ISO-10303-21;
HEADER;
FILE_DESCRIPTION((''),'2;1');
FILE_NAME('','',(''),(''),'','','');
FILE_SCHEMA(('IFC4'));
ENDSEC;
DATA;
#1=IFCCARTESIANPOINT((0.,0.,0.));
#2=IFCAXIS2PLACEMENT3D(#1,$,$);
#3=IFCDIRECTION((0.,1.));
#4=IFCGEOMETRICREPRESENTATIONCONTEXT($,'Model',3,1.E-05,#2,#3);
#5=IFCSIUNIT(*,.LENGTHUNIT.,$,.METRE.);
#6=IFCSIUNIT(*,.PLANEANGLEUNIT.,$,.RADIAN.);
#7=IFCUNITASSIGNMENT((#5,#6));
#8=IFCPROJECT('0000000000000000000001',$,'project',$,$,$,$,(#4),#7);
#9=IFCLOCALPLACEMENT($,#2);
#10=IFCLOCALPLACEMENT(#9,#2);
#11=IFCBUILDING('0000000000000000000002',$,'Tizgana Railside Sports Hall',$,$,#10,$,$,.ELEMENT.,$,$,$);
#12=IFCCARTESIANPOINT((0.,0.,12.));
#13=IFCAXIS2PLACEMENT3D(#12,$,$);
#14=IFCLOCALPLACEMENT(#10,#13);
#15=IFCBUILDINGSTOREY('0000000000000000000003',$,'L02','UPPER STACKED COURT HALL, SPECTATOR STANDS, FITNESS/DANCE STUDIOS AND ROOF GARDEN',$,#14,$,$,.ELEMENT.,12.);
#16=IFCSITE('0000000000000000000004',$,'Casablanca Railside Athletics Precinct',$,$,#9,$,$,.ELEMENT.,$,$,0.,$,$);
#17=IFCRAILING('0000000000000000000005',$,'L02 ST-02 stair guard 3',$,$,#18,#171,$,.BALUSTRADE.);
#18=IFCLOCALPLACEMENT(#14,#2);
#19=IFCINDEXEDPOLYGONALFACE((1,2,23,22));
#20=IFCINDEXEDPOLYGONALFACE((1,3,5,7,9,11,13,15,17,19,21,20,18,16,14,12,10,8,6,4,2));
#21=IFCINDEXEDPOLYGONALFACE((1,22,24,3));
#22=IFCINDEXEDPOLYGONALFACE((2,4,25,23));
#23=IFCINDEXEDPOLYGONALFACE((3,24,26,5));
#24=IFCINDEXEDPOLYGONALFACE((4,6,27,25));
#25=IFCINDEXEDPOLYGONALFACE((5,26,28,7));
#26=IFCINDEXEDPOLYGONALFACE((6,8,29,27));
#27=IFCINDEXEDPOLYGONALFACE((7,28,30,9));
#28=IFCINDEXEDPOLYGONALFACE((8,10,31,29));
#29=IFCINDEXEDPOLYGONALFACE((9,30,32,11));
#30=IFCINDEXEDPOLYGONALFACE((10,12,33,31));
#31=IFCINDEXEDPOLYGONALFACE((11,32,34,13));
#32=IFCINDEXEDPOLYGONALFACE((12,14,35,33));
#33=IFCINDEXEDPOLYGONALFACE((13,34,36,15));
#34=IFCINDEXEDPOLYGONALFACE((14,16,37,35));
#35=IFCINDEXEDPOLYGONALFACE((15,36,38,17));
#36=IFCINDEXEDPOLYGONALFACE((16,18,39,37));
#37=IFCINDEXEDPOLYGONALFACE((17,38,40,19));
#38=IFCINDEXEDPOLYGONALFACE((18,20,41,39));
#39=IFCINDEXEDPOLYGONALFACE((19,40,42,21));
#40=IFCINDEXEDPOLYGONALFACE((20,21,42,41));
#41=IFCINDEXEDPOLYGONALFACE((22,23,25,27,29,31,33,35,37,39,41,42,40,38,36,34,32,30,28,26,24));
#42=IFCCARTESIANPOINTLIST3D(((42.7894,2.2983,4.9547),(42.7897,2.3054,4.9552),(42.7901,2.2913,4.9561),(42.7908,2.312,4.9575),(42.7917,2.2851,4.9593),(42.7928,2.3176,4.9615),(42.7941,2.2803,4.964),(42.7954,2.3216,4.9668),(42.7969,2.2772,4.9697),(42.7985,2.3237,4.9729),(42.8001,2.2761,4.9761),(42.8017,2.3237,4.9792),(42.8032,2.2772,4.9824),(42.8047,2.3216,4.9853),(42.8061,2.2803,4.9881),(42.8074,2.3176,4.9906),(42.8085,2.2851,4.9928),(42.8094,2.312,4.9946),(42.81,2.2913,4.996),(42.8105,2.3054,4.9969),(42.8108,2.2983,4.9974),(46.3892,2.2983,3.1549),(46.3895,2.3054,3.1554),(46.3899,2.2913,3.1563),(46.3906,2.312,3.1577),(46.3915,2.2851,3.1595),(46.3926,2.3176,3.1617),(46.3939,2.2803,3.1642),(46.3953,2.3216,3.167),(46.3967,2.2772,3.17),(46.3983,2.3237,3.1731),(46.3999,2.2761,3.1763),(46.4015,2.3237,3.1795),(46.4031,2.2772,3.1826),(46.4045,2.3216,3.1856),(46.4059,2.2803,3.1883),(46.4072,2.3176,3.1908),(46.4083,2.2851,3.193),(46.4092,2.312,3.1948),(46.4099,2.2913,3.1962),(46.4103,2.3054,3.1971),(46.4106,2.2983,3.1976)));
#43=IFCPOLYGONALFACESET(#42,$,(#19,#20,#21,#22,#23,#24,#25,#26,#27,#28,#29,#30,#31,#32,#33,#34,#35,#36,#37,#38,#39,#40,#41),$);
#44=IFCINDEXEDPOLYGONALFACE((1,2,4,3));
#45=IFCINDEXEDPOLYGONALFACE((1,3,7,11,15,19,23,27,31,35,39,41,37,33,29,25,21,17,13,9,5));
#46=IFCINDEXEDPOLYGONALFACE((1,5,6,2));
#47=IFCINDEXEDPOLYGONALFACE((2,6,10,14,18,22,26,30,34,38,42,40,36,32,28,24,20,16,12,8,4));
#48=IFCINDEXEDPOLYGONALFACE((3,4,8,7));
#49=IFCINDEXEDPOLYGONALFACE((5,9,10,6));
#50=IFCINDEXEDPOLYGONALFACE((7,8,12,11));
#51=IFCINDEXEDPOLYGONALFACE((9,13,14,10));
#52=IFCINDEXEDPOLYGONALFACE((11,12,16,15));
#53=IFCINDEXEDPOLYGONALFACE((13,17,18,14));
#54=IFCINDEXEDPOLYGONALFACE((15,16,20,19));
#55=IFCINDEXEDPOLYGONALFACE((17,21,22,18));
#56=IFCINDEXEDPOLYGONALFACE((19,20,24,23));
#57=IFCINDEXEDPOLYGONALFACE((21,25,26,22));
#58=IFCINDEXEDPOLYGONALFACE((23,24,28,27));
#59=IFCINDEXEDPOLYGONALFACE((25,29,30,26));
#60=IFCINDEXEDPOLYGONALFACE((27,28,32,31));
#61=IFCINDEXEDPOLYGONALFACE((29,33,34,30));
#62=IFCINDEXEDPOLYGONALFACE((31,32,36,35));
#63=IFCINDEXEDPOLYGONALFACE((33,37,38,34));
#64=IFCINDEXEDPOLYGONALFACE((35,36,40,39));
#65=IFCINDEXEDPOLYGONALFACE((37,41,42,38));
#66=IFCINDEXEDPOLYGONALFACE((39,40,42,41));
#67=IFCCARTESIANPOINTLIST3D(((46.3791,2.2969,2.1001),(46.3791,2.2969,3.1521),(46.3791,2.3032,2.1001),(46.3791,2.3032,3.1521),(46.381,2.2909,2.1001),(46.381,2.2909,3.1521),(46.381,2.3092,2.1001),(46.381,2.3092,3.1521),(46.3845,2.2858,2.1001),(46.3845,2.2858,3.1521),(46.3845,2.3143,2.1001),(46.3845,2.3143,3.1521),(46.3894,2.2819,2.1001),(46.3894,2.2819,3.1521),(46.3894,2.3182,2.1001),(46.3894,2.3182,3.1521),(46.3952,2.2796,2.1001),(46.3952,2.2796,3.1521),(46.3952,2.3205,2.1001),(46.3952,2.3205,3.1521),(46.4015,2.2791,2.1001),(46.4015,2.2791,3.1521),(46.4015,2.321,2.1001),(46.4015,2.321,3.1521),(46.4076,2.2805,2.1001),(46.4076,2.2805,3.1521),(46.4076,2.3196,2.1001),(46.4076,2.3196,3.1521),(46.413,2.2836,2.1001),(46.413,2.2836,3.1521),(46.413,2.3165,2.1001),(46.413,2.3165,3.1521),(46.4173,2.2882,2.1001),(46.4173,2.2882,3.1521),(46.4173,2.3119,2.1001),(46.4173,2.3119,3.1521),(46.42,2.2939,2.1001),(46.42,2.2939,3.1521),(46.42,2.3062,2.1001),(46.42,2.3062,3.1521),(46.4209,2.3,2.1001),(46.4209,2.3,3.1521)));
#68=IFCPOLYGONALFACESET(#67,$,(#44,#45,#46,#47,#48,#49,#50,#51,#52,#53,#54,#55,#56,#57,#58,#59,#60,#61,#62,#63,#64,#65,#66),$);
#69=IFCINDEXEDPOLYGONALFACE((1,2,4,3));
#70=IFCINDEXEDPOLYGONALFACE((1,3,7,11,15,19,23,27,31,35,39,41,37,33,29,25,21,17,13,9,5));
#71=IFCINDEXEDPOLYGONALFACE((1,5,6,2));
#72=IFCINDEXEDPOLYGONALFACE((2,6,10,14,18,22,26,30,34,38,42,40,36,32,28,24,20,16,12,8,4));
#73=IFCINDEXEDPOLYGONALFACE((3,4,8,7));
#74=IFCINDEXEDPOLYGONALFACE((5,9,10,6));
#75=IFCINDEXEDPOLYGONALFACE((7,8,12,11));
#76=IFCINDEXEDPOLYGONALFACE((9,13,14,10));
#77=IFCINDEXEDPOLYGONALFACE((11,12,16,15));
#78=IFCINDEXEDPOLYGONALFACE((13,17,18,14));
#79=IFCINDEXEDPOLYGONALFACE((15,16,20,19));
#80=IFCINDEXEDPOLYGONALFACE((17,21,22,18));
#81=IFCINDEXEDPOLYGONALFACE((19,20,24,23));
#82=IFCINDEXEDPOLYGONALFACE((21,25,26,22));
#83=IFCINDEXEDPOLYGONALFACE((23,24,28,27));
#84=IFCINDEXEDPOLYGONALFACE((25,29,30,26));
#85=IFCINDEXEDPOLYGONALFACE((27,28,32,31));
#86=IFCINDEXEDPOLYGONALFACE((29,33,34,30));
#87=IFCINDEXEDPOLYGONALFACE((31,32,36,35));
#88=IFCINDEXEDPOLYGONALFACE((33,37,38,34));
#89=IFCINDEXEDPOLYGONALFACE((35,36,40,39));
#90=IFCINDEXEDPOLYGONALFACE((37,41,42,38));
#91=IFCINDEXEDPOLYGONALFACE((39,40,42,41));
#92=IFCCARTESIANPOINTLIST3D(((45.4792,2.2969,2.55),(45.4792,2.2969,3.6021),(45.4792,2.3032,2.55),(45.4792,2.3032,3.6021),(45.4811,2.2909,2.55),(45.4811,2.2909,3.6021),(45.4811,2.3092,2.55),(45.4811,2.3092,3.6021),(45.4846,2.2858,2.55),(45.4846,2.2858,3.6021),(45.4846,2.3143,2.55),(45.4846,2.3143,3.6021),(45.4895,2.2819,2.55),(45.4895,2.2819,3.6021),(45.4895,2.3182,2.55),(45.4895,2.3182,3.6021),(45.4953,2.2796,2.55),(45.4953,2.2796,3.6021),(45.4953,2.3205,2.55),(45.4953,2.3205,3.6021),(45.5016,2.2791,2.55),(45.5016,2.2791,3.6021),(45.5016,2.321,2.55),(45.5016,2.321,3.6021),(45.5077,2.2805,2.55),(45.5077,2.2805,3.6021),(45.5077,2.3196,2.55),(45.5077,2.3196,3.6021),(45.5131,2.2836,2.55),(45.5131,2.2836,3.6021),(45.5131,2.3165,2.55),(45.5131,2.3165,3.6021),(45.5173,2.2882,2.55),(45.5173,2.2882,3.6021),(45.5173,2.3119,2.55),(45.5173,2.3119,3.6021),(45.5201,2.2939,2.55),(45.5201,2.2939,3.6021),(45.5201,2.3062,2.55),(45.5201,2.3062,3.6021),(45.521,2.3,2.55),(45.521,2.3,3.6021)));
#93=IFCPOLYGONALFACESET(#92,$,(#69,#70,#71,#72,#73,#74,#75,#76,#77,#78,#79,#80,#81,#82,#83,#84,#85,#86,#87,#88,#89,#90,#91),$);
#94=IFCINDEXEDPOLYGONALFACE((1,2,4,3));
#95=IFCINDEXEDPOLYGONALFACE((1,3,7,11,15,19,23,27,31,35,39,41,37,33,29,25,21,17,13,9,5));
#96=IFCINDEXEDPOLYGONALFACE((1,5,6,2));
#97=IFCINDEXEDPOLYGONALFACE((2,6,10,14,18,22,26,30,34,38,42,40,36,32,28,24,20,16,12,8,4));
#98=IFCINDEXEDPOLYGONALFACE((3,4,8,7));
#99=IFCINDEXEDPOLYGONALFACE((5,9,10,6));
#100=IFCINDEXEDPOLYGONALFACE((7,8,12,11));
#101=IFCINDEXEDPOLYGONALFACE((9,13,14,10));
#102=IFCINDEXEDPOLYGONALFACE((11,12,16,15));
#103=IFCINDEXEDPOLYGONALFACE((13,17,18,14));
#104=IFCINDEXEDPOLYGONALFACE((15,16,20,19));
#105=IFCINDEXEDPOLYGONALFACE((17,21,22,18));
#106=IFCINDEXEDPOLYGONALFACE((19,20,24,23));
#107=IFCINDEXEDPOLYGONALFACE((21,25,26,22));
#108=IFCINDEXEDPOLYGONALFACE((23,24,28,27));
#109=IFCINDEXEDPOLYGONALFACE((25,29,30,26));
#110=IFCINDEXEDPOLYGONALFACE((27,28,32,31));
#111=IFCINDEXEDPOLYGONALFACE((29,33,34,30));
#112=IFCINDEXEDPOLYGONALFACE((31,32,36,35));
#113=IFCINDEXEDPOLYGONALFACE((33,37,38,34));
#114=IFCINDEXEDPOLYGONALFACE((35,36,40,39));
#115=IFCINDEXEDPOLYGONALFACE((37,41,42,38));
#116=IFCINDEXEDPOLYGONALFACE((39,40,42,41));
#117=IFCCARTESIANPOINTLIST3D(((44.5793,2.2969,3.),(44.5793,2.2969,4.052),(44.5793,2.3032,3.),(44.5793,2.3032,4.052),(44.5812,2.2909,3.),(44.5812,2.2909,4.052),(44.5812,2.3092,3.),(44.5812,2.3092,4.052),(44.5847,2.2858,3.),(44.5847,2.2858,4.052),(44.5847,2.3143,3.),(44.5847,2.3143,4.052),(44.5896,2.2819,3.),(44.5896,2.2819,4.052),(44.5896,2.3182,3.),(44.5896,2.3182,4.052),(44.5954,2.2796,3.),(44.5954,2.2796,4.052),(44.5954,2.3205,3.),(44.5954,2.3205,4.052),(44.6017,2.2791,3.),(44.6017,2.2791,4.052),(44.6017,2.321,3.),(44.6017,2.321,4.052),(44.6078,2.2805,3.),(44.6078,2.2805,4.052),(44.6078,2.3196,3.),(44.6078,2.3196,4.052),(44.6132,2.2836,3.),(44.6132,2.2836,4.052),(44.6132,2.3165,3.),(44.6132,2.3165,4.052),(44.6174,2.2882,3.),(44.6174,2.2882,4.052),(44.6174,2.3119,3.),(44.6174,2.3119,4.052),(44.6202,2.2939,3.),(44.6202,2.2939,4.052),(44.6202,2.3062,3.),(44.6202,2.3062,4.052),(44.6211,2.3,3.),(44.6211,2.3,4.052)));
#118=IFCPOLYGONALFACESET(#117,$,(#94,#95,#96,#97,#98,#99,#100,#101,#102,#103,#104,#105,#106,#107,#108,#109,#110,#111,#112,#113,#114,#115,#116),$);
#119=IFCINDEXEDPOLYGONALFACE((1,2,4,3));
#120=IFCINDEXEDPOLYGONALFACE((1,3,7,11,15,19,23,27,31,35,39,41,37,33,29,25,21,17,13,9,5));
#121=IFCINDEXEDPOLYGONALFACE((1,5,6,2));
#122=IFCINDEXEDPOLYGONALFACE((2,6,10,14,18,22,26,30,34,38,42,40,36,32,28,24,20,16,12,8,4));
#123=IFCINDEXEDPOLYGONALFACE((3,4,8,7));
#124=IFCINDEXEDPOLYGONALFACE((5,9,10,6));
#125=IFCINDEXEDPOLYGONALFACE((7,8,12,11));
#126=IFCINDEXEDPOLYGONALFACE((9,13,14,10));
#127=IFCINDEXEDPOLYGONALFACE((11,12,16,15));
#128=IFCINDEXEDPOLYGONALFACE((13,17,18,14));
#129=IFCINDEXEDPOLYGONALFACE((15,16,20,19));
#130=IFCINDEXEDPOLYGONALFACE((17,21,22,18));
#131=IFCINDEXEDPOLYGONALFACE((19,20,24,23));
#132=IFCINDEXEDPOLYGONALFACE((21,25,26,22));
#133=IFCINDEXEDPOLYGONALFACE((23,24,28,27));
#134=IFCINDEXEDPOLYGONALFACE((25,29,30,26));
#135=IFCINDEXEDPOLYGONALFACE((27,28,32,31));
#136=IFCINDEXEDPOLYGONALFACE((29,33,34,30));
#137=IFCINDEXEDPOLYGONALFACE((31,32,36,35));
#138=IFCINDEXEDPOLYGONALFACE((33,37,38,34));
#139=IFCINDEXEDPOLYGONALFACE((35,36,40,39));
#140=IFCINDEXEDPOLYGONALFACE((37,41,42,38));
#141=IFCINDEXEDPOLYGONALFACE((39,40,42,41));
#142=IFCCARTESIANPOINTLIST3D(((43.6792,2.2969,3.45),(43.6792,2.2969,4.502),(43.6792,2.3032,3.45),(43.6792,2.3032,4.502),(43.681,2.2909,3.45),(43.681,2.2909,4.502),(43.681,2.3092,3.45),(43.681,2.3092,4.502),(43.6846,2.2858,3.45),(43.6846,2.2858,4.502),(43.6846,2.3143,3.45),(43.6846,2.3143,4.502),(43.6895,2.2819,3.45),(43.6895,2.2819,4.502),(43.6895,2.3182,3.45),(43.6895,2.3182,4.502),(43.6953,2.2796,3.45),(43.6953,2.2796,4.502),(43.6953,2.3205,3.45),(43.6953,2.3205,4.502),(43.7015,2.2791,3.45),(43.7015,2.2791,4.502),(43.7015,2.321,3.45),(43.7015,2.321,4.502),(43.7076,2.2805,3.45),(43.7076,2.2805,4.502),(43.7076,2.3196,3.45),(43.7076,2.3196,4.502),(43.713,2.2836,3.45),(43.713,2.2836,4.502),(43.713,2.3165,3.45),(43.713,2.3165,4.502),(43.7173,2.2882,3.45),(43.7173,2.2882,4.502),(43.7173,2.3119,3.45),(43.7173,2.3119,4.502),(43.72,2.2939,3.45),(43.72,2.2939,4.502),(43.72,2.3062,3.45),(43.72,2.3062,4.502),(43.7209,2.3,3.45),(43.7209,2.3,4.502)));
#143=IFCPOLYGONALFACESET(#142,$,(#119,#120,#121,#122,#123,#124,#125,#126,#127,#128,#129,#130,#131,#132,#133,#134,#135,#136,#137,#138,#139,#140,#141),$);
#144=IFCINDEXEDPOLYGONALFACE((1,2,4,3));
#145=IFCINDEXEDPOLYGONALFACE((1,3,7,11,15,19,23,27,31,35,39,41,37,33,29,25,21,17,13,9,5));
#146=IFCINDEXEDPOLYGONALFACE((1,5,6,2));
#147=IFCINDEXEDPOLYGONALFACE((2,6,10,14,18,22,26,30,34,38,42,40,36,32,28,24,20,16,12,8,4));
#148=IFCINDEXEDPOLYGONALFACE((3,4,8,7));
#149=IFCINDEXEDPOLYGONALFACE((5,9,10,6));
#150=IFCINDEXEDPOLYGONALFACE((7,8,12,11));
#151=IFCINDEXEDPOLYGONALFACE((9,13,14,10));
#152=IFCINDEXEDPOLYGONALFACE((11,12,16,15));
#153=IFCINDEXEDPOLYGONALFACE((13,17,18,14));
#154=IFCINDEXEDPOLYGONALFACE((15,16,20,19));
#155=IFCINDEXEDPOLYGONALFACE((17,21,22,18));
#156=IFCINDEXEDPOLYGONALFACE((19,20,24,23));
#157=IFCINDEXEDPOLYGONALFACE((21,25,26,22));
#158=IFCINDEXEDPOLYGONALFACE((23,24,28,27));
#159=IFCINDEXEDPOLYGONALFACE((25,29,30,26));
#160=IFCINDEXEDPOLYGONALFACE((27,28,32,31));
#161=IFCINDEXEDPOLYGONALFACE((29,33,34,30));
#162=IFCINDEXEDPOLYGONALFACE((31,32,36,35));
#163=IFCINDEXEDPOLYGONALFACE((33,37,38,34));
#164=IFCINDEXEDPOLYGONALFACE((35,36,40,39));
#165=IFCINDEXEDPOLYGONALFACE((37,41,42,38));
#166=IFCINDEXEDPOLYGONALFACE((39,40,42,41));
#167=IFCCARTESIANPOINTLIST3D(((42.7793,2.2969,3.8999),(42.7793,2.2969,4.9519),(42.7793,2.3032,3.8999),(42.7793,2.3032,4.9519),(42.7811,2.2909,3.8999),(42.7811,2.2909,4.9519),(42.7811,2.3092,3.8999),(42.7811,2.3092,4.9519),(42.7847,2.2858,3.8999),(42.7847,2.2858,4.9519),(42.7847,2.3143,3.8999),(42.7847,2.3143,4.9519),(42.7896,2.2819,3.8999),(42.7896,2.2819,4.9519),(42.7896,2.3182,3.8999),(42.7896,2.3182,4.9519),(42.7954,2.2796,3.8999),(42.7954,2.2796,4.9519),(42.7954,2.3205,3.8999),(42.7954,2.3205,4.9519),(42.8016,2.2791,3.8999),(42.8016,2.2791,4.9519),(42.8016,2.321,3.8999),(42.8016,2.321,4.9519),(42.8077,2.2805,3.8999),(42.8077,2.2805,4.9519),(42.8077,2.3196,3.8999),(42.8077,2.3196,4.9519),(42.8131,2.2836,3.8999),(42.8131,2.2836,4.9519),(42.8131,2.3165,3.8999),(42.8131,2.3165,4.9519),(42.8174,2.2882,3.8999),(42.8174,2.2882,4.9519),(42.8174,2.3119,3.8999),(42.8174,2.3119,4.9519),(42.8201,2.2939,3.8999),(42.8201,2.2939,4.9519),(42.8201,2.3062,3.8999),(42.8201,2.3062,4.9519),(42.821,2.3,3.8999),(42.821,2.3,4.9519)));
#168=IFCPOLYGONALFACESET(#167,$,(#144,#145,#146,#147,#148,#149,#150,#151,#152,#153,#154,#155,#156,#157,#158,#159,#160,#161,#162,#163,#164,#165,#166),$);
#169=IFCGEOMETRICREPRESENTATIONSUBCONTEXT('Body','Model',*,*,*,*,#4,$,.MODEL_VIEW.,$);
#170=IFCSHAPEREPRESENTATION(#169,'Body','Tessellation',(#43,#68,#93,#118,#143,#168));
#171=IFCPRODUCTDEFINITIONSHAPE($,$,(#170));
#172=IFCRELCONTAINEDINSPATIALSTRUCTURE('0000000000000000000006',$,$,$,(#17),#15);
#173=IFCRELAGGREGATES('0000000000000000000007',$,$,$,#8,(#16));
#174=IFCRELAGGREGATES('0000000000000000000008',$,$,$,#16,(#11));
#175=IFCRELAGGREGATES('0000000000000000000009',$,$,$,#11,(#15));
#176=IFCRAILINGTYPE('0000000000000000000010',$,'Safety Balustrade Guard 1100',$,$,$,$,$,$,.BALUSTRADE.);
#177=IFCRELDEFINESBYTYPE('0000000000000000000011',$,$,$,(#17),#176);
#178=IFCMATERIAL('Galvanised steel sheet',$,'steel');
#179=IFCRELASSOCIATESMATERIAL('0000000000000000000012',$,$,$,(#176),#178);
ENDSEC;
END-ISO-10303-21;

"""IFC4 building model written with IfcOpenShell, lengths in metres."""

from ifc_helpers import new_model, si_unit, direction, frame, origin, origin_2d, place, context, subcontext, project, spatial, circle, extrude, material, type_object, element, save


model = new_model("IFC4")

# Units and contexts
model_context = context("Model", 3, precision=1e-05, world=origin(), true_north=direction((0.0, 1.0)))
body_context = subcontext(model_context, "Body", "Model", "MODEL_VIEW")
ifc_project = project(units=[si_unit("LENGTHUNIT", "METRE"), si_unit("PLANEANGLEUNIT", "RADIAN")], contexts=[model_context])

# Site, building, storey
site_placement = place(None, origin())
site = spatial("IfcSite", under=ifc_project, at=site_placement, Name="Casablanca Railside Athletics Precinct", CompositionType="ELEMENT", RefElevation=0.0)
building_placement = place(site_placement, origin())
building = spatial("IfcBuilding", under=site, at=building_placement, Name="Tizgana Railside Sports Hall", CompositionType="ELEMENT")
storey_placement = place(building_placement, frame((0.0, 0.0, 12.0)))
storey = spatial("IfcBuildingStorey", under=building, at=storey_placement, Name="L02", Description="UPPER STACKED COURT HALL, SPECTATOR STANDS, FITNESS/DANCE STUDIOS AND ROOF GARDEN", CompositionType="ELEMENT", Elevation=12.0)

# Railing
ifc_material_1 = material(Name="Galvanised steel sheet", Category="steel")
railing_type_1 = type_object("IfcRailingType", Name="Safety Balustrade Guard 1100", PredefinedType="BALUSTRADE", material=ifc_material_1)
railing_1_placement = place(storey_placement, frame((46.3999, 2.3, 2.1001)))
element("IfcRailing", 1, at=railing_1_placement, inside=storey, type_object=railing_type_1, Name="L02 ST-02 stair guard 3", PredefinedType="BALUSTRADE", context=body_context, shape_type="SweptSolid", body=[
    extrude(circle(Radius=0.0239, at=origin_2d()), frame((0.0, 0.0, 1.0762), z_axis=(-0.894439, 0.0, 0.447189), x_axis=(0.0, -1.0, 0.0)), (0.0, 0.0, 1.0), 4.0247),
    extrude(circle(Radius=0.021, at=origin_2d()), origin(), (0.0, 0.0, 1.0), 1.052),
    extrude(circle(Radius=0.021, at=origin_2d()), frame((-0.8999, 0.0, 0.45)), (0.0, 0.0, 1.0), 1.052),
    extrude(circle(Radius=0.021, at=origin_2d()), frame((-1.7998, 0.0, 0.8999)), (0.0, 0.0, 1.0), 1.052),
    extrude(circle(Radius=0.021, at=origin_2d()), frame((-2.7, 0.0, 1.3499)), (0.0, 0.0, 1.0), 1.052),
    extrude(circle(Radius=0.021, at=origin_2d()), frame((-3.5999, 0.0, 1.7998)), (0.0, 0.0, 1.0), 1.052),
])

save(model, "model.ifc")
